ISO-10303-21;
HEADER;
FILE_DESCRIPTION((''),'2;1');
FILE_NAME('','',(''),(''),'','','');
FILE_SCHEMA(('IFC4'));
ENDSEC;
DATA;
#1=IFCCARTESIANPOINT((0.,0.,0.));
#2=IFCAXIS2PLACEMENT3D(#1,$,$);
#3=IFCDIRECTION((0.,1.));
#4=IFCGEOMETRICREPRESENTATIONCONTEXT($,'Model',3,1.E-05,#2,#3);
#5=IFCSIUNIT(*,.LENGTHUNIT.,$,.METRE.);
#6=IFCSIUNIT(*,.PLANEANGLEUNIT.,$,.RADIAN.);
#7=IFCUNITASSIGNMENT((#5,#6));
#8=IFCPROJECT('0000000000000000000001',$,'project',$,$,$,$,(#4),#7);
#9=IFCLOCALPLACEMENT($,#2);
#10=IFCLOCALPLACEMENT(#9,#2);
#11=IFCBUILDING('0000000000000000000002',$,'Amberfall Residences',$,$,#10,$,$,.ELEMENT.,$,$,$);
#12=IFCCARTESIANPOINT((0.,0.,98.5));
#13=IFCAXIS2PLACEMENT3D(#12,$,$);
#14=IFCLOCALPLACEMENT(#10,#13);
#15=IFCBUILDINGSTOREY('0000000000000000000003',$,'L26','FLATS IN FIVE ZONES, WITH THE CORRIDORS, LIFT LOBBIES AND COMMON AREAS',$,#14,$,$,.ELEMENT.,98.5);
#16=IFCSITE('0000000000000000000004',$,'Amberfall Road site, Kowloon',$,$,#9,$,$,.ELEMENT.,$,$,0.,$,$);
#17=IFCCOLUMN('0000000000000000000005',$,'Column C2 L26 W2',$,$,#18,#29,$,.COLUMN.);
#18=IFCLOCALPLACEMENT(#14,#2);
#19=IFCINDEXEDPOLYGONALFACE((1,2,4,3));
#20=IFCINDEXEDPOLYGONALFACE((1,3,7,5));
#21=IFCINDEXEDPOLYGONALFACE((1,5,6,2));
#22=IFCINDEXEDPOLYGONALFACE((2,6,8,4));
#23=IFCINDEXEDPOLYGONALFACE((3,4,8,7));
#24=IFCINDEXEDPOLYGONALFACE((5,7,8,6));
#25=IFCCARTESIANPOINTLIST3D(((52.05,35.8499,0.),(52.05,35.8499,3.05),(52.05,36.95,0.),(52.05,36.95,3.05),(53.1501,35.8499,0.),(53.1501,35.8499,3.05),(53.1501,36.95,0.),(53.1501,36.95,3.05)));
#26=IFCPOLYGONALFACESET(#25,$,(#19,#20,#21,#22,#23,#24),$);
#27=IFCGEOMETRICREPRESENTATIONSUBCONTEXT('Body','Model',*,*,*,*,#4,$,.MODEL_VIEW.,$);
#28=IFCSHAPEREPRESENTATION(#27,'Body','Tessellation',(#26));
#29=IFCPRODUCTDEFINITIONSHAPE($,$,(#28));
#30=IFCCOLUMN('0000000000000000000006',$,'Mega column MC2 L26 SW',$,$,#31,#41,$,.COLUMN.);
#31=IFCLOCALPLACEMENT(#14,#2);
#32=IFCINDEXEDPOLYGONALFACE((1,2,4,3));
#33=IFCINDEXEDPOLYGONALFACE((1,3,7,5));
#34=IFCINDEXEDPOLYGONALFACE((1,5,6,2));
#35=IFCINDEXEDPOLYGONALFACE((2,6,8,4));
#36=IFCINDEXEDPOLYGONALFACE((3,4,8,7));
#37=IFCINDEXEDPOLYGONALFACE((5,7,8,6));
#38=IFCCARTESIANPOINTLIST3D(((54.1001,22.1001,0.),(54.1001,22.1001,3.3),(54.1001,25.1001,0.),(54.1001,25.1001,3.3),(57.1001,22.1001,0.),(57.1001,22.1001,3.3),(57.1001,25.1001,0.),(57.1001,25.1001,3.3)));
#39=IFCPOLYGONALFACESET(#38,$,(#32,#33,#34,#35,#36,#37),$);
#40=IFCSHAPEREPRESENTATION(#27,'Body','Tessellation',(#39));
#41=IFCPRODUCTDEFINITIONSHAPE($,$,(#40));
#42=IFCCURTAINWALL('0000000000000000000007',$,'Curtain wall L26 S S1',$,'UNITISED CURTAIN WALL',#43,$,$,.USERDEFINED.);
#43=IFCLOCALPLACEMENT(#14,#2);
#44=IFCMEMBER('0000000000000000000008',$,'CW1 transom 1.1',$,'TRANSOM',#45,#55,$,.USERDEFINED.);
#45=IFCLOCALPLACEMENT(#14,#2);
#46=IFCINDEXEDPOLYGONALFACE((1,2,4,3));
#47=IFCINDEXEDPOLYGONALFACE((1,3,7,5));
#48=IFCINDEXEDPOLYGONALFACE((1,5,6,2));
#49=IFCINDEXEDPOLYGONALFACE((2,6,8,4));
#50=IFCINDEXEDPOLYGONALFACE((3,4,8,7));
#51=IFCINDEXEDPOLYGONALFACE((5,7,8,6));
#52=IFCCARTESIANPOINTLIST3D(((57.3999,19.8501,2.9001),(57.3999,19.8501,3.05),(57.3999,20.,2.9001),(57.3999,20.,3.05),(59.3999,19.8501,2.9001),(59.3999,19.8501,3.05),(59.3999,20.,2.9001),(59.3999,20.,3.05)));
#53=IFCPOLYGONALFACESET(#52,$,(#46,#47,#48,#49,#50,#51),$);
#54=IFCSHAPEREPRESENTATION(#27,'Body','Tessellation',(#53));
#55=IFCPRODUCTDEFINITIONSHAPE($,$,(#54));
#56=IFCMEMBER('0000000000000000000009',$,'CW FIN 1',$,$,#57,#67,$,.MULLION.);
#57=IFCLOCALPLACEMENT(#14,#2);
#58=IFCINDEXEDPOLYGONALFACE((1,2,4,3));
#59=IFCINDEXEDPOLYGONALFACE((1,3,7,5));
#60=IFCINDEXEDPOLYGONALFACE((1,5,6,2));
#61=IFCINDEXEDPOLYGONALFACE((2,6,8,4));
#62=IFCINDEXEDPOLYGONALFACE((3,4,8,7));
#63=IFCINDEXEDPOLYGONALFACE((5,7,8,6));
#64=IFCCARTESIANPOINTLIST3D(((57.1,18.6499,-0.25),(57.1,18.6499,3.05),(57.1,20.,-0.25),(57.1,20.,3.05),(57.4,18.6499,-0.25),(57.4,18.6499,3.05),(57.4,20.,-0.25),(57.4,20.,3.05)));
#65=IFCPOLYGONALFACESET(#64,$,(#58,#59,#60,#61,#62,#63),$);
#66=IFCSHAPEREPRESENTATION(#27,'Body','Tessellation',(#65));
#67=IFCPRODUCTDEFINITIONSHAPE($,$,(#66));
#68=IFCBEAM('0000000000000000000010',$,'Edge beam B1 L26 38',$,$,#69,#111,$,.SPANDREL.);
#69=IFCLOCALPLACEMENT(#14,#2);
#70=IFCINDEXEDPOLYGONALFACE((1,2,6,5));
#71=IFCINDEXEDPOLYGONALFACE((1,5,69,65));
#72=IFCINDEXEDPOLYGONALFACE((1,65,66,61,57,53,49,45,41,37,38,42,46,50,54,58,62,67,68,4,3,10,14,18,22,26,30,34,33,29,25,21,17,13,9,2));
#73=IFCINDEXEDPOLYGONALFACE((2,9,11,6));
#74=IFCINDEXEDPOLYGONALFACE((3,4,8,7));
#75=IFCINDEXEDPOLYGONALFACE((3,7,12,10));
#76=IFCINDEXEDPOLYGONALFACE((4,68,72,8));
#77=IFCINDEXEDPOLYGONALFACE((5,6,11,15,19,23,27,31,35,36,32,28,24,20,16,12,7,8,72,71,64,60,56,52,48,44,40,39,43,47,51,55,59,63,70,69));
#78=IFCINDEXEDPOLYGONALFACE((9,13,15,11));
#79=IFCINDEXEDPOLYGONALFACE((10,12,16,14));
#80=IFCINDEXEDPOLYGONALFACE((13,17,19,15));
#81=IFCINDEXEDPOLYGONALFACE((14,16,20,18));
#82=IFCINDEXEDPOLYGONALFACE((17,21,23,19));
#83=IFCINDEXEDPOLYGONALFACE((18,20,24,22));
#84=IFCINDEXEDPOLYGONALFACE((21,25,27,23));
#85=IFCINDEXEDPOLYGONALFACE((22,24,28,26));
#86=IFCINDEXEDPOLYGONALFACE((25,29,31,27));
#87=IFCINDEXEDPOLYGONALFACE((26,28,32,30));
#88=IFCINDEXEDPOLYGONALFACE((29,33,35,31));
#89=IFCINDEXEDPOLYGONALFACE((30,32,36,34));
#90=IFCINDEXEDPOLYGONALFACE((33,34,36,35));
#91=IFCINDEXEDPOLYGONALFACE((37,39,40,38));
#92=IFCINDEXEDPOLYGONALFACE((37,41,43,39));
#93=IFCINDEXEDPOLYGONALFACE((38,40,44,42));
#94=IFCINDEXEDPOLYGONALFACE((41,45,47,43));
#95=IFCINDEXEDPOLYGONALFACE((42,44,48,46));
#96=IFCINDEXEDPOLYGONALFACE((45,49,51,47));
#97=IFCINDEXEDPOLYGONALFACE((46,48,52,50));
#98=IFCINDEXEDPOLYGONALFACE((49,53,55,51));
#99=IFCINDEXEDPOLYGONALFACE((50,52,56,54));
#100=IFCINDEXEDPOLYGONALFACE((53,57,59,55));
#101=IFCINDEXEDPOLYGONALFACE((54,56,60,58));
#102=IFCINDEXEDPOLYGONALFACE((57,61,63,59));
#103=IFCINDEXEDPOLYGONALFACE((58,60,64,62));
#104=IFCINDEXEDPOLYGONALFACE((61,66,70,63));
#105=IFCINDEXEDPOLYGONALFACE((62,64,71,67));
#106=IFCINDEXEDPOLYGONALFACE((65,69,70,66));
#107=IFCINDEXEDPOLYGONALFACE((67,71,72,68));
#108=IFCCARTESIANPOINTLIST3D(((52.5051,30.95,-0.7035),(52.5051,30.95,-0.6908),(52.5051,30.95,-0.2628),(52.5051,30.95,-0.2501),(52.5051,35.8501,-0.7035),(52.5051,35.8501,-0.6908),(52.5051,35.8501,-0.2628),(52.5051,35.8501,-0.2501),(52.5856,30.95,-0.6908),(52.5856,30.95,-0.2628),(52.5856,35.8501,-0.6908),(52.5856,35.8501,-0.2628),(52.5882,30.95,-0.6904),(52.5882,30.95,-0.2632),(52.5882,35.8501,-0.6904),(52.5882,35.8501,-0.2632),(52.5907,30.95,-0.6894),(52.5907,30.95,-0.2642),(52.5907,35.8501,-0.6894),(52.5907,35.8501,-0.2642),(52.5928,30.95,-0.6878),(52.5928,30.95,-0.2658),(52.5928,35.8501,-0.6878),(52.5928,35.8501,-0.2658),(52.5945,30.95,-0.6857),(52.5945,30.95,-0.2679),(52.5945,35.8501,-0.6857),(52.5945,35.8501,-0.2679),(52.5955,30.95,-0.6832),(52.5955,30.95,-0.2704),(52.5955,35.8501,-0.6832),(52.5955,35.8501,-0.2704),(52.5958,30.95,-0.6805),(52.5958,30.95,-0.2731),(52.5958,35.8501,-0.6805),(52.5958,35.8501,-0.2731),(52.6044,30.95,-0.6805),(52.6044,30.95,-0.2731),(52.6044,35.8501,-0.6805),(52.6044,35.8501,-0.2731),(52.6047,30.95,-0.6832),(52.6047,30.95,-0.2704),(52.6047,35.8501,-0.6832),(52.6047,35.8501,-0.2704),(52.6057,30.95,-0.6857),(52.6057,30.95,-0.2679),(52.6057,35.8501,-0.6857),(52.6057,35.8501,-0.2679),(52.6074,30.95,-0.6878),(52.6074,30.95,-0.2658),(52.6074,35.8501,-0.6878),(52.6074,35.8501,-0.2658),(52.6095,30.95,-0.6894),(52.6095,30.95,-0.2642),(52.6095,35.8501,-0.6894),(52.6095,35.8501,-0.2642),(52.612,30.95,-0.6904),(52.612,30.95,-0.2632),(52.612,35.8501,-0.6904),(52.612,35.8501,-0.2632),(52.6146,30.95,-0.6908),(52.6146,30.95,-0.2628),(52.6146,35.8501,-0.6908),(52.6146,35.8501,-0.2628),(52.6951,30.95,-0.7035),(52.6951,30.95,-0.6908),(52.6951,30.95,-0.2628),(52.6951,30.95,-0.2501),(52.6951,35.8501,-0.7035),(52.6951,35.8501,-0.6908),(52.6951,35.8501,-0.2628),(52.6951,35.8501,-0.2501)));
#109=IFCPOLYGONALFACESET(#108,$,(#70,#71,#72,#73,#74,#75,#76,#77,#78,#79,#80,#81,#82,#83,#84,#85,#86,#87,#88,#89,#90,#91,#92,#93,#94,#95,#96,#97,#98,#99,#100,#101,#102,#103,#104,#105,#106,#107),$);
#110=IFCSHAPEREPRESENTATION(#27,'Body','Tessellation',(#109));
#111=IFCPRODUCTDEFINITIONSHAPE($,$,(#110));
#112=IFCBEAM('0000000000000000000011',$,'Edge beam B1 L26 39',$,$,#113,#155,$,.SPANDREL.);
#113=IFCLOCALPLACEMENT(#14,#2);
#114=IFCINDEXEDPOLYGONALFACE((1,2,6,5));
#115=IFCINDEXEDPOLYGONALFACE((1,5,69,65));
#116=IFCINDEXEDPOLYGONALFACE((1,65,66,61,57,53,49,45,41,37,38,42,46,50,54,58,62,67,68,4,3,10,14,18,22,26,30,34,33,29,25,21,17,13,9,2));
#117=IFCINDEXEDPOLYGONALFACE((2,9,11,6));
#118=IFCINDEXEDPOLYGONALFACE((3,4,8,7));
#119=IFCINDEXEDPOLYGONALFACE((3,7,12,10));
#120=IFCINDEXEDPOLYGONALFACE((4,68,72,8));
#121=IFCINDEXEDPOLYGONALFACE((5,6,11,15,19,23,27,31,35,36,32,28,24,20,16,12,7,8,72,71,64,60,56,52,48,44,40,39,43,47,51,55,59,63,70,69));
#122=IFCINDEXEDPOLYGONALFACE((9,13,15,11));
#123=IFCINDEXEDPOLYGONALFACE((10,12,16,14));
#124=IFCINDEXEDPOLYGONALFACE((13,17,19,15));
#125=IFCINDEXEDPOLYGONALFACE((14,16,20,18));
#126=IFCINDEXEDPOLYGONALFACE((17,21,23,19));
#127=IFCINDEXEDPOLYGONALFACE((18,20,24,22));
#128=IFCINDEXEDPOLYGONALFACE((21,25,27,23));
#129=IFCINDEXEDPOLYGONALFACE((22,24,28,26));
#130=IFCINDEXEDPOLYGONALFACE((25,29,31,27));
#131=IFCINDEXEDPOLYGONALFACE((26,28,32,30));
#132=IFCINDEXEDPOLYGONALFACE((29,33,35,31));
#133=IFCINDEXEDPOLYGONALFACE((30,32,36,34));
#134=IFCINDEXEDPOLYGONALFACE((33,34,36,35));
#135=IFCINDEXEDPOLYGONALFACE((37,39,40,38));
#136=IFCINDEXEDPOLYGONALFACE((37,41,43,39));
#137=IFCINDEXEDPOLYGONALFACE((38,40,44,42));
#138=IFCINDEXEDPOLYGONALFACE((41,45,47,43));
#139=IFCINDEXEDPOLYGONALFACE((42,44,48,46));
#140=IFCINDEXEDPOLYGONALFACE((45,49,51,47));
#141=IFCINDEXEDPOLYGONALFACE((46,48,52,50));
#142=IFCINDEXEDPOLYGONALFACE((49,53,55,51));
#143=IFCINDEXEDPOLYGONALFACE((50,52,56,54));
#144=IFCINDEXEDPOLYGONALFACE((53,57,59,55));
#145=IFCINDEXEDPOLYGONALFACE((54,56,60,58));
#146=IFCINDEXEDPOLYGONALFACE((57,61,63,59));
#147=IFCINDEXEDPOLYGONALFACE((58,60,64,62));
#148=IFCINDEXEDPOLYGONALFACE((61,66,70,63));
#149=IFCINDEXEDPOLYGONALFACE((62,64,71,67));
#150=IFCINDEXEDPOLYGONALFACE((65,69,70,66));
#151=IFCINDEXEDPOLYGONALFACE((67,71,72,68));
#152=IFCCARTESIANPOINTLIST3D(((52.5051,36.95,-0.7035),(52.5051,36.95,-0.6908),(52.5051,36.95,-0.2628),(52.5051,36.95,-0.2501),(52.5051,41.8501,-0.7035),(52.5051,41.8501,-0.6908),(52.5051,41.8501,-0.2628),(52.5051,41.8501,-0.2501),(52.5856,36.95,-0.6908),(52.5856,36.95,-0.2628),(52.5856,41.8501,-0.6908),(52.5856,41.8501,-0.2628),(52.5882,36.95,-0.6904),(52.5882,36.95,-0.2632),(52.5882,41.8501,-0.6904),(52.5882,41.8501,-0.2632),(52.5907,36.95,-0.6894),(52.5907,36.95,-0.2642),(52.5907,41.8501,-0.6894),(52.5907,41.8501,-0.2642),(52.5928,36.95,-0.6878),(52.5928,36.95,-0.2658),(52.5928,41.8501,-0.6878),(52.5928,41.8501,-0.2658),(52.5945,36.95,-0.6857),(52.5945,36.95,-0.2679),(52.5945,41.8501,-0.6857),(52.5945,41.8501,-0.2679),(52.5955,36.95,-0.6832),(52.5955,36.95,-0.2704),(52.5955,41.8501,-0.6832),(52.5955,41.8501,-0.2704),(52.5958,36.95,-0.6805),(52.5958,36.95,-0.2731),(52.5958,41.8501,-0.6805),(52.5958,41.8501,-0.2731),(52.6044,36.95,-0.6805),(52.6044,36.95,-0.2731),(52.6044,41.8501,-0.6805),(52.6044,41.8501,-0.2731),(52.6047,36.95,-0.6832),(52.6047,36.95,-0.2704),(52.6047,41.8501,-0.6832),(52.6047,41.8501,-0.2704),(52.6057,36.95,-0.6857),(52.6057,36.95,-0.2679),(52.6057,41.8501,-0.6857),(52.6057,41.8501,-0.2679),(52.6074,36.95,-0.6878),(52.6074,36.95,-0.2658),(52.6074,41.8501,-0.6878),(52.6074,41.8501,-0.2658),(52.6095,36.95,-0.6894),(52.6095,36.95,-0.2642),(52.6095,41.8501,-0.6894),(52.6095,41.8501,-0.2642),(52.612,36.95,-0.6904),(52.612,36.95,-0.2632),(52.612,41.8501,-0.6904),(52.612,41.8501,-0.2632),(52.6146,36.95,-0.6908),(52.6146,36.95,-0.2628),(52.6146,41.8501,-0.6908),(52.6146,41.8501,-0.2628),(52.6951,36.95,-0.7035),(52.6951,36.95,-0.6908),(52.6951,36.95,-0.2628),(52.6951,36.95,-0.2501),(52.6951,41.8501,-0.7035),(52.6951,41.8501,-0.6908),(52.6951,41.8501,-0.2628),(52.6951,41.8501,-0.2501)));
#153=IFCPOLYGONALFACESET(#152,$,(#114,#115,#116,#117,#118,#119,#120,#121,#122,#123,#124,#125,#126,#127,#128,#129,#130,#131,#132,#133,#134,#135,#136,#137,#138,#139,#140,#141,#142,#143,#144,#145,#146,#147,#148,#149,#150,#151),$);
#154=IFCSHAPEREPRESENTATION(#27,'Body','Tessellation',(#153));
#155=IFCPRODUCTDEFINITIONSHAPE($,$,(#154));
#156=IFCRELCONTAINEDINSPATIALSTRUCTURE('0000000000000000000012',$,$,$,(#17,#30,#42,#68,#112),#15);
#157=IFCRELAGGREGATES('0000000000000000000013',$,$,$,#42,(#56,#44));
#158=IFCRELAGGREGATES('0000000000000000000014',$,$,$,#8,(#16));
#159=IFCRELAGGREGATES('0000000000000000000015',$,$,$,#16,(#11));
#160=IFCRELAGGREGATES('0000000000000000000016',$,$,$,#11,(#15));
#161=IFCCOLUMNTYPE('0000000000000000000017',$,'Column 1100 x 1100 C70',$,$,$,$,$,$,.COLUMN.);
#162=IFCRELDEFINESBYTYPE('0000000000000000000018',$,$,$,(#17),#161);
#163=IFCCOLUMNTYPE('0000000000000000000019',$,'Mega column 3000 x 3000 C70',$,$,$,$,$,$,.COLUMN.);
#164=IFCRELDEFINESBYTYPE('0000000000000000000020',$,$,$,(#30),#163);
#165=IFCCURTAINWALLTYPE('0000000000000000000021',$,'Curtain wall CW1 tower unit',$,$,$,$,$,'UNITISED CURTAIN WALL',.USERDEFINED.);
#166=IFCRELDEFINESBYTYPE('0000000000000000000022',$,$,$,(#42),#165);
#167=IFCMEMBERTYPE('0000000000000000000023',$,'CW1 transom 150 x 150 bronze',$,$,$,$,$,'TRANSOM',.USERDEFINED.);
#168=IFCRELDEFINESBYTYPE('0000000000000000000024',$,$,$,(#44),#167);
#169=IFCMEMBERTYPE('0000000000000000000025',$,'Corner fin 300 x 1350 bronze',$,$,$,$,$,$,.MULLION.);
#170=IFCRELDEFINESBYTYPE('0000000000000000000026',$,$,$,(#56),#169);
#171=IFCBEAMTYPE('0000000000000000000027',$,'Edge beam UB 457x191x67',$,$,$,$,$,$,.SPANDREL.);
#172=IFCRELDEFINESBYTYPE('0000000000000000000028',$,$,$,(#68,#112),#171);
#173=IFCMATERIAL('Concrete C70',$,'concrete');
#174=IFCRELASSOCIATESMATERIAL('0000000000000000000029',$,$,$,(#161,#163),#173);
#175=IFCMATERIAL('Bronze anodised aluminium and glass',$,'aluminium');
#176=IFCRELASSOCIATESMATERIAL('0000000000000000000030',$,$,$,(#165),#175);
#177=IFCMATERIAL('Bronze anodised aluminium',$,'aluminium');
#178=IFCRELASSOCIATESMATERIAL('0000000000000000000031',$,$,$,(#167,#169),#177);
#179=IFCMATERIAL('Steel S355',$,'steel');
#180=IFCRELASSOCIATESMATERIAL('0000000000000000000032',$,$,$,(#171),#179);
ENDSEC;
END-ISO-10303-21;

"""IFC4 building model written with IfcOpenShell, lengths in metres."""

from ifc_helpers import new_model, si_unit, direction, frame, origin, origin_2d, place, context, subcontext, project, spatial, rectangle, i_section, extrude, material, material_profile, profile_set, type_object, element, aggregate, save


model = new_model("IFC4")

# Units and contexts
model_context = context("Model", 3, precision=1e-05, world=origin(), true_north=direction((0.0, 1.0)))
body_context = subcontext(model_context, "Body", "Model", "MODEL_VIEW")
ifc_project = project(units=[si_unit("LENGTHUNIT", "METRE"), si_unit("PLANEANGLEUNIT", "RADIAN")], contexts=[model_context])

# Site, building, storey
site_placement = place(None, origin())
site = spatial("IfcSite", under=ifc_project, at=site_placement, Name="Amberfall Road site, Kowloon", CompositionType="ELEMENT", RefElevation=0.0)
building_placement = place(site_placement, origin())
building = spatial("IfcBuilding", under=site, at=building_placement, Name="Amberfall Residences", CompositionType="ELEMENT")
storey_placement = place(building_placement, frame((0.0, 0.0, 98.5)))
storey = spatial("IfcBuildingStorey", under=building, at=storey_placement, Name="L26", Description="FLATS IN FIVE ZONES, WITH THE CORRIDORS, LIFT LOBBIES AND COMMON AREAS", CompositionType="ELEMENT", Elevation=98.5)

# Columns
ifc_material_1 = material(Name="Concrete C70", Category="concrete")
ifc_material_profile_1 = material_profile(ifc_material_1, rectangle(XDim=1.1001, YDim=1.1001, at=origin_2d()), Name="Column 1100 x 1100 C70")
ifc_profile_set_1 = profile_set([ifc_material_profile_1], Name="Concrete C70")
column_type_1 = type_object("IfcColumnType", Name="Column 1100 x 1100 C70", PredefinedType="COLUMN", material=ifc_profile_set_1)
column_1_placement = place(storey_placement, frame((52.6001, 36.3999, 0.0), z_axis=(0.0, 0.0, 1.0), x_axis=(1.0, 0.0, 0.0)))
element("IfcColumn", 1, at=column_1_placement, inside=storey, type_object=column_type_1, Name="Column C2 L26 W2", PredefinedType="COLUMN", context=body_context, shape_type="SweptSolid", body=[
    extrude(rectangle(XDim=1.1001, YDim=1.1001, at=origin_2d()), origin(), (0.0, 0.0, 1.0), 3.05),
])
ifc_material_profile_2 = material_profile(ifc_material_1, rectangle(XDim=3.0, YDim=3.0, at=origin_2d()), Name="Mega column 3000 x 3000 C70")
ifc_profile_set_2 = profile_set([ifc_material_profile_2], Name="Concrete C70")
column_type_2 = type_object("IfcColumnType", Name="Mega column 3000 x 3000 C70", PredefinedType="COLUMN", material=ifc_profile_set_2)
column_2_placement = place(storey_placement, frame((55.6001, 23.6001, 0.0), z_axis=(0.0, 0.0, 1.0), x_axis=(1.0, 0.0, 0.0)))
element("IfcColumn", 2, at=column_2_placement, inside=storey, type_object=column_type_2, Name="Mega column MC2 L26 SW", PredefinedType="COLUMN", context=body_context, shape_type="SweptSolid", body=[
    extrude(rectangle(XDim=3.0, YDim=3.0, at=origin_2d()), origin(), (0.0, 0.0, 1.0), 3.3),
])

# Curtain wall, members
ifc_material_2 = material(Name="Bronze anodised aluminium and glass", Category="aluminium")
curtain_wall_type = type_object("IfcCurtainWallType", Name="Curtain wall CW1 tower unit", ElementType="UNITISED CURTAIN WALL", PredefinedType="USERDEFINED", material=ifc_material_2)
curtain_wall_placement = place(storey_placement, origin())
curtain_wall = element("IfcCurtainWall", 3, at=curtain_wall_placement, inside=storey, type_object=curtain_wall_type, Name="Curtain wall L26 S S1", ObjectType="UNITISED CURTAIN WALL", PredefinedType="USERDEFINED")
ifc_material_3 = material(Name="Bronze anodised aluminium", Category="aluminium")
ifc_material_profile_3 = material_profile(ifc_material_3, rectangle(XDim=0.1499, YDim=0.1499, at=origin_2d()), Name="CW1 transom 150 x 150 bronze")
ifc_profile_set_3 = profile_set([ifc_material_profile_3], Name="Bronze anodised aluminium")
member_type_1 = type_object("IfcMemberType", Name="CW1 transom 150 x 150 bronze", ElementType="TRANSOM", PredefinedType="USERDEFINED", material=ifc_profile_set_3)
member_1_placement = place(storey_placement, frame((57.3999, 19.925, 2.9751), z_axis=(1.0, 0.0, 0.0), x_axis=(0.0, 1.0, 0.0)))
member_1 = element("IfcMember", 4, at=member_1_placement, type_object=member_type_1, Name="CW1 transom 1.1", ObjectType="TRANSOM", PredefinedType="USERDEFINED", context=body_context, shape_type="SweptSolid", body=[
    extrude(rectangle(XDim=0.1499, YDim=0.1499, at=origin_2d()), origin(), (0.0, 0.0, 1.0), 2.0),
])
ifc_material_profile_4 = material_profile(ifc_material_3, rectangle(XDim=1.3501, YDim=0.3, at=origin_2d()), Name="Corner fin 300 x 1350 bronze")
ifc_profile_set_4 = profile_set([ifc_material_profile_4], Name="Bronze anodised aluminium")
member_type_2 = type_object("IfcMemberType", Name="Corner fin 300 x 1350 bronze", PredefinedType="MULLION", material=ifc_profile_set_4)
member_2_placement = place(storey_placement, frame((57.25, 19.325, -0.25), z_axis=(0.0, 0.0, 1.0), x_axis=(0.0, 1.0, 0.0)))
member_2 = element("IfcMember", 5, at=member_2_placement, type_object=member_type_2, Name="CW FIN 1", PredefinedType="MULLION", context=body_context, shape_type="SweptSolid", body=[
    extrude(rectangle(XDim=1.3501, YDim=0.3, at=origin_2d()), origin(), (0.0, 0.0, 1.0), 3.3),
])

# Beams
ifc_material_4 = material(Name="Steel S355", Category="steel")
ifc_material_profile_5 = material_profile(ifc_material_4, i_section(OverallWidth=0.1899, OverallDepth=0.4534, WebThickness=0.0085, FlangeThickness=0.0127, FilletRadius=0.0103, at=origin_2d()), Name="UB 457x191x67")
ifc_profile_set_5 = profile_set([ifc_material_profile_5], Name="Steel S355")
beam_type_1 = type_object("IfcBeamType", Name="Edge beam UB 457x191x67", PredefinedType="SPANDREL", material=ifc_profile_set_5)
for number, where, z_axis, x_axis, name in (
    (6, (52.6001, 30.95, -0.4768), (0.0, 1.0, 0.0), (-1.0, 0.0, 0.0), "Edge beam B1 L26 38"),
    (7, (52.6001, 36.95, -0.4768), (0.0, 1.0, 0.0), (-1.0, 0.0, 0.0), "Edge beam B1 L26 39"),
):
    element("IfcBeam", number, at=place(storey_placement, frame(where, z_axis=z_axis, x_axis=x_axis)), inside=storey, type_object=beam_type_1, Name=name, PredefinedType="SPANDREL", context=body_context, shape_type="SweptSolid", body=[
        extrude(i_section(OverallWidth=0.1899, OverallDepth=0.4534, WebThickness=0.0085, FlangeThickness=0.0127, FilletRadius=0.0103, at=origin_2d()), origin(), (0.0, 0.0, 1.0), 4.9001),
    ])

aggregate(curtain_wall, [member_2, member_1])

save(model, "model.ifc")
